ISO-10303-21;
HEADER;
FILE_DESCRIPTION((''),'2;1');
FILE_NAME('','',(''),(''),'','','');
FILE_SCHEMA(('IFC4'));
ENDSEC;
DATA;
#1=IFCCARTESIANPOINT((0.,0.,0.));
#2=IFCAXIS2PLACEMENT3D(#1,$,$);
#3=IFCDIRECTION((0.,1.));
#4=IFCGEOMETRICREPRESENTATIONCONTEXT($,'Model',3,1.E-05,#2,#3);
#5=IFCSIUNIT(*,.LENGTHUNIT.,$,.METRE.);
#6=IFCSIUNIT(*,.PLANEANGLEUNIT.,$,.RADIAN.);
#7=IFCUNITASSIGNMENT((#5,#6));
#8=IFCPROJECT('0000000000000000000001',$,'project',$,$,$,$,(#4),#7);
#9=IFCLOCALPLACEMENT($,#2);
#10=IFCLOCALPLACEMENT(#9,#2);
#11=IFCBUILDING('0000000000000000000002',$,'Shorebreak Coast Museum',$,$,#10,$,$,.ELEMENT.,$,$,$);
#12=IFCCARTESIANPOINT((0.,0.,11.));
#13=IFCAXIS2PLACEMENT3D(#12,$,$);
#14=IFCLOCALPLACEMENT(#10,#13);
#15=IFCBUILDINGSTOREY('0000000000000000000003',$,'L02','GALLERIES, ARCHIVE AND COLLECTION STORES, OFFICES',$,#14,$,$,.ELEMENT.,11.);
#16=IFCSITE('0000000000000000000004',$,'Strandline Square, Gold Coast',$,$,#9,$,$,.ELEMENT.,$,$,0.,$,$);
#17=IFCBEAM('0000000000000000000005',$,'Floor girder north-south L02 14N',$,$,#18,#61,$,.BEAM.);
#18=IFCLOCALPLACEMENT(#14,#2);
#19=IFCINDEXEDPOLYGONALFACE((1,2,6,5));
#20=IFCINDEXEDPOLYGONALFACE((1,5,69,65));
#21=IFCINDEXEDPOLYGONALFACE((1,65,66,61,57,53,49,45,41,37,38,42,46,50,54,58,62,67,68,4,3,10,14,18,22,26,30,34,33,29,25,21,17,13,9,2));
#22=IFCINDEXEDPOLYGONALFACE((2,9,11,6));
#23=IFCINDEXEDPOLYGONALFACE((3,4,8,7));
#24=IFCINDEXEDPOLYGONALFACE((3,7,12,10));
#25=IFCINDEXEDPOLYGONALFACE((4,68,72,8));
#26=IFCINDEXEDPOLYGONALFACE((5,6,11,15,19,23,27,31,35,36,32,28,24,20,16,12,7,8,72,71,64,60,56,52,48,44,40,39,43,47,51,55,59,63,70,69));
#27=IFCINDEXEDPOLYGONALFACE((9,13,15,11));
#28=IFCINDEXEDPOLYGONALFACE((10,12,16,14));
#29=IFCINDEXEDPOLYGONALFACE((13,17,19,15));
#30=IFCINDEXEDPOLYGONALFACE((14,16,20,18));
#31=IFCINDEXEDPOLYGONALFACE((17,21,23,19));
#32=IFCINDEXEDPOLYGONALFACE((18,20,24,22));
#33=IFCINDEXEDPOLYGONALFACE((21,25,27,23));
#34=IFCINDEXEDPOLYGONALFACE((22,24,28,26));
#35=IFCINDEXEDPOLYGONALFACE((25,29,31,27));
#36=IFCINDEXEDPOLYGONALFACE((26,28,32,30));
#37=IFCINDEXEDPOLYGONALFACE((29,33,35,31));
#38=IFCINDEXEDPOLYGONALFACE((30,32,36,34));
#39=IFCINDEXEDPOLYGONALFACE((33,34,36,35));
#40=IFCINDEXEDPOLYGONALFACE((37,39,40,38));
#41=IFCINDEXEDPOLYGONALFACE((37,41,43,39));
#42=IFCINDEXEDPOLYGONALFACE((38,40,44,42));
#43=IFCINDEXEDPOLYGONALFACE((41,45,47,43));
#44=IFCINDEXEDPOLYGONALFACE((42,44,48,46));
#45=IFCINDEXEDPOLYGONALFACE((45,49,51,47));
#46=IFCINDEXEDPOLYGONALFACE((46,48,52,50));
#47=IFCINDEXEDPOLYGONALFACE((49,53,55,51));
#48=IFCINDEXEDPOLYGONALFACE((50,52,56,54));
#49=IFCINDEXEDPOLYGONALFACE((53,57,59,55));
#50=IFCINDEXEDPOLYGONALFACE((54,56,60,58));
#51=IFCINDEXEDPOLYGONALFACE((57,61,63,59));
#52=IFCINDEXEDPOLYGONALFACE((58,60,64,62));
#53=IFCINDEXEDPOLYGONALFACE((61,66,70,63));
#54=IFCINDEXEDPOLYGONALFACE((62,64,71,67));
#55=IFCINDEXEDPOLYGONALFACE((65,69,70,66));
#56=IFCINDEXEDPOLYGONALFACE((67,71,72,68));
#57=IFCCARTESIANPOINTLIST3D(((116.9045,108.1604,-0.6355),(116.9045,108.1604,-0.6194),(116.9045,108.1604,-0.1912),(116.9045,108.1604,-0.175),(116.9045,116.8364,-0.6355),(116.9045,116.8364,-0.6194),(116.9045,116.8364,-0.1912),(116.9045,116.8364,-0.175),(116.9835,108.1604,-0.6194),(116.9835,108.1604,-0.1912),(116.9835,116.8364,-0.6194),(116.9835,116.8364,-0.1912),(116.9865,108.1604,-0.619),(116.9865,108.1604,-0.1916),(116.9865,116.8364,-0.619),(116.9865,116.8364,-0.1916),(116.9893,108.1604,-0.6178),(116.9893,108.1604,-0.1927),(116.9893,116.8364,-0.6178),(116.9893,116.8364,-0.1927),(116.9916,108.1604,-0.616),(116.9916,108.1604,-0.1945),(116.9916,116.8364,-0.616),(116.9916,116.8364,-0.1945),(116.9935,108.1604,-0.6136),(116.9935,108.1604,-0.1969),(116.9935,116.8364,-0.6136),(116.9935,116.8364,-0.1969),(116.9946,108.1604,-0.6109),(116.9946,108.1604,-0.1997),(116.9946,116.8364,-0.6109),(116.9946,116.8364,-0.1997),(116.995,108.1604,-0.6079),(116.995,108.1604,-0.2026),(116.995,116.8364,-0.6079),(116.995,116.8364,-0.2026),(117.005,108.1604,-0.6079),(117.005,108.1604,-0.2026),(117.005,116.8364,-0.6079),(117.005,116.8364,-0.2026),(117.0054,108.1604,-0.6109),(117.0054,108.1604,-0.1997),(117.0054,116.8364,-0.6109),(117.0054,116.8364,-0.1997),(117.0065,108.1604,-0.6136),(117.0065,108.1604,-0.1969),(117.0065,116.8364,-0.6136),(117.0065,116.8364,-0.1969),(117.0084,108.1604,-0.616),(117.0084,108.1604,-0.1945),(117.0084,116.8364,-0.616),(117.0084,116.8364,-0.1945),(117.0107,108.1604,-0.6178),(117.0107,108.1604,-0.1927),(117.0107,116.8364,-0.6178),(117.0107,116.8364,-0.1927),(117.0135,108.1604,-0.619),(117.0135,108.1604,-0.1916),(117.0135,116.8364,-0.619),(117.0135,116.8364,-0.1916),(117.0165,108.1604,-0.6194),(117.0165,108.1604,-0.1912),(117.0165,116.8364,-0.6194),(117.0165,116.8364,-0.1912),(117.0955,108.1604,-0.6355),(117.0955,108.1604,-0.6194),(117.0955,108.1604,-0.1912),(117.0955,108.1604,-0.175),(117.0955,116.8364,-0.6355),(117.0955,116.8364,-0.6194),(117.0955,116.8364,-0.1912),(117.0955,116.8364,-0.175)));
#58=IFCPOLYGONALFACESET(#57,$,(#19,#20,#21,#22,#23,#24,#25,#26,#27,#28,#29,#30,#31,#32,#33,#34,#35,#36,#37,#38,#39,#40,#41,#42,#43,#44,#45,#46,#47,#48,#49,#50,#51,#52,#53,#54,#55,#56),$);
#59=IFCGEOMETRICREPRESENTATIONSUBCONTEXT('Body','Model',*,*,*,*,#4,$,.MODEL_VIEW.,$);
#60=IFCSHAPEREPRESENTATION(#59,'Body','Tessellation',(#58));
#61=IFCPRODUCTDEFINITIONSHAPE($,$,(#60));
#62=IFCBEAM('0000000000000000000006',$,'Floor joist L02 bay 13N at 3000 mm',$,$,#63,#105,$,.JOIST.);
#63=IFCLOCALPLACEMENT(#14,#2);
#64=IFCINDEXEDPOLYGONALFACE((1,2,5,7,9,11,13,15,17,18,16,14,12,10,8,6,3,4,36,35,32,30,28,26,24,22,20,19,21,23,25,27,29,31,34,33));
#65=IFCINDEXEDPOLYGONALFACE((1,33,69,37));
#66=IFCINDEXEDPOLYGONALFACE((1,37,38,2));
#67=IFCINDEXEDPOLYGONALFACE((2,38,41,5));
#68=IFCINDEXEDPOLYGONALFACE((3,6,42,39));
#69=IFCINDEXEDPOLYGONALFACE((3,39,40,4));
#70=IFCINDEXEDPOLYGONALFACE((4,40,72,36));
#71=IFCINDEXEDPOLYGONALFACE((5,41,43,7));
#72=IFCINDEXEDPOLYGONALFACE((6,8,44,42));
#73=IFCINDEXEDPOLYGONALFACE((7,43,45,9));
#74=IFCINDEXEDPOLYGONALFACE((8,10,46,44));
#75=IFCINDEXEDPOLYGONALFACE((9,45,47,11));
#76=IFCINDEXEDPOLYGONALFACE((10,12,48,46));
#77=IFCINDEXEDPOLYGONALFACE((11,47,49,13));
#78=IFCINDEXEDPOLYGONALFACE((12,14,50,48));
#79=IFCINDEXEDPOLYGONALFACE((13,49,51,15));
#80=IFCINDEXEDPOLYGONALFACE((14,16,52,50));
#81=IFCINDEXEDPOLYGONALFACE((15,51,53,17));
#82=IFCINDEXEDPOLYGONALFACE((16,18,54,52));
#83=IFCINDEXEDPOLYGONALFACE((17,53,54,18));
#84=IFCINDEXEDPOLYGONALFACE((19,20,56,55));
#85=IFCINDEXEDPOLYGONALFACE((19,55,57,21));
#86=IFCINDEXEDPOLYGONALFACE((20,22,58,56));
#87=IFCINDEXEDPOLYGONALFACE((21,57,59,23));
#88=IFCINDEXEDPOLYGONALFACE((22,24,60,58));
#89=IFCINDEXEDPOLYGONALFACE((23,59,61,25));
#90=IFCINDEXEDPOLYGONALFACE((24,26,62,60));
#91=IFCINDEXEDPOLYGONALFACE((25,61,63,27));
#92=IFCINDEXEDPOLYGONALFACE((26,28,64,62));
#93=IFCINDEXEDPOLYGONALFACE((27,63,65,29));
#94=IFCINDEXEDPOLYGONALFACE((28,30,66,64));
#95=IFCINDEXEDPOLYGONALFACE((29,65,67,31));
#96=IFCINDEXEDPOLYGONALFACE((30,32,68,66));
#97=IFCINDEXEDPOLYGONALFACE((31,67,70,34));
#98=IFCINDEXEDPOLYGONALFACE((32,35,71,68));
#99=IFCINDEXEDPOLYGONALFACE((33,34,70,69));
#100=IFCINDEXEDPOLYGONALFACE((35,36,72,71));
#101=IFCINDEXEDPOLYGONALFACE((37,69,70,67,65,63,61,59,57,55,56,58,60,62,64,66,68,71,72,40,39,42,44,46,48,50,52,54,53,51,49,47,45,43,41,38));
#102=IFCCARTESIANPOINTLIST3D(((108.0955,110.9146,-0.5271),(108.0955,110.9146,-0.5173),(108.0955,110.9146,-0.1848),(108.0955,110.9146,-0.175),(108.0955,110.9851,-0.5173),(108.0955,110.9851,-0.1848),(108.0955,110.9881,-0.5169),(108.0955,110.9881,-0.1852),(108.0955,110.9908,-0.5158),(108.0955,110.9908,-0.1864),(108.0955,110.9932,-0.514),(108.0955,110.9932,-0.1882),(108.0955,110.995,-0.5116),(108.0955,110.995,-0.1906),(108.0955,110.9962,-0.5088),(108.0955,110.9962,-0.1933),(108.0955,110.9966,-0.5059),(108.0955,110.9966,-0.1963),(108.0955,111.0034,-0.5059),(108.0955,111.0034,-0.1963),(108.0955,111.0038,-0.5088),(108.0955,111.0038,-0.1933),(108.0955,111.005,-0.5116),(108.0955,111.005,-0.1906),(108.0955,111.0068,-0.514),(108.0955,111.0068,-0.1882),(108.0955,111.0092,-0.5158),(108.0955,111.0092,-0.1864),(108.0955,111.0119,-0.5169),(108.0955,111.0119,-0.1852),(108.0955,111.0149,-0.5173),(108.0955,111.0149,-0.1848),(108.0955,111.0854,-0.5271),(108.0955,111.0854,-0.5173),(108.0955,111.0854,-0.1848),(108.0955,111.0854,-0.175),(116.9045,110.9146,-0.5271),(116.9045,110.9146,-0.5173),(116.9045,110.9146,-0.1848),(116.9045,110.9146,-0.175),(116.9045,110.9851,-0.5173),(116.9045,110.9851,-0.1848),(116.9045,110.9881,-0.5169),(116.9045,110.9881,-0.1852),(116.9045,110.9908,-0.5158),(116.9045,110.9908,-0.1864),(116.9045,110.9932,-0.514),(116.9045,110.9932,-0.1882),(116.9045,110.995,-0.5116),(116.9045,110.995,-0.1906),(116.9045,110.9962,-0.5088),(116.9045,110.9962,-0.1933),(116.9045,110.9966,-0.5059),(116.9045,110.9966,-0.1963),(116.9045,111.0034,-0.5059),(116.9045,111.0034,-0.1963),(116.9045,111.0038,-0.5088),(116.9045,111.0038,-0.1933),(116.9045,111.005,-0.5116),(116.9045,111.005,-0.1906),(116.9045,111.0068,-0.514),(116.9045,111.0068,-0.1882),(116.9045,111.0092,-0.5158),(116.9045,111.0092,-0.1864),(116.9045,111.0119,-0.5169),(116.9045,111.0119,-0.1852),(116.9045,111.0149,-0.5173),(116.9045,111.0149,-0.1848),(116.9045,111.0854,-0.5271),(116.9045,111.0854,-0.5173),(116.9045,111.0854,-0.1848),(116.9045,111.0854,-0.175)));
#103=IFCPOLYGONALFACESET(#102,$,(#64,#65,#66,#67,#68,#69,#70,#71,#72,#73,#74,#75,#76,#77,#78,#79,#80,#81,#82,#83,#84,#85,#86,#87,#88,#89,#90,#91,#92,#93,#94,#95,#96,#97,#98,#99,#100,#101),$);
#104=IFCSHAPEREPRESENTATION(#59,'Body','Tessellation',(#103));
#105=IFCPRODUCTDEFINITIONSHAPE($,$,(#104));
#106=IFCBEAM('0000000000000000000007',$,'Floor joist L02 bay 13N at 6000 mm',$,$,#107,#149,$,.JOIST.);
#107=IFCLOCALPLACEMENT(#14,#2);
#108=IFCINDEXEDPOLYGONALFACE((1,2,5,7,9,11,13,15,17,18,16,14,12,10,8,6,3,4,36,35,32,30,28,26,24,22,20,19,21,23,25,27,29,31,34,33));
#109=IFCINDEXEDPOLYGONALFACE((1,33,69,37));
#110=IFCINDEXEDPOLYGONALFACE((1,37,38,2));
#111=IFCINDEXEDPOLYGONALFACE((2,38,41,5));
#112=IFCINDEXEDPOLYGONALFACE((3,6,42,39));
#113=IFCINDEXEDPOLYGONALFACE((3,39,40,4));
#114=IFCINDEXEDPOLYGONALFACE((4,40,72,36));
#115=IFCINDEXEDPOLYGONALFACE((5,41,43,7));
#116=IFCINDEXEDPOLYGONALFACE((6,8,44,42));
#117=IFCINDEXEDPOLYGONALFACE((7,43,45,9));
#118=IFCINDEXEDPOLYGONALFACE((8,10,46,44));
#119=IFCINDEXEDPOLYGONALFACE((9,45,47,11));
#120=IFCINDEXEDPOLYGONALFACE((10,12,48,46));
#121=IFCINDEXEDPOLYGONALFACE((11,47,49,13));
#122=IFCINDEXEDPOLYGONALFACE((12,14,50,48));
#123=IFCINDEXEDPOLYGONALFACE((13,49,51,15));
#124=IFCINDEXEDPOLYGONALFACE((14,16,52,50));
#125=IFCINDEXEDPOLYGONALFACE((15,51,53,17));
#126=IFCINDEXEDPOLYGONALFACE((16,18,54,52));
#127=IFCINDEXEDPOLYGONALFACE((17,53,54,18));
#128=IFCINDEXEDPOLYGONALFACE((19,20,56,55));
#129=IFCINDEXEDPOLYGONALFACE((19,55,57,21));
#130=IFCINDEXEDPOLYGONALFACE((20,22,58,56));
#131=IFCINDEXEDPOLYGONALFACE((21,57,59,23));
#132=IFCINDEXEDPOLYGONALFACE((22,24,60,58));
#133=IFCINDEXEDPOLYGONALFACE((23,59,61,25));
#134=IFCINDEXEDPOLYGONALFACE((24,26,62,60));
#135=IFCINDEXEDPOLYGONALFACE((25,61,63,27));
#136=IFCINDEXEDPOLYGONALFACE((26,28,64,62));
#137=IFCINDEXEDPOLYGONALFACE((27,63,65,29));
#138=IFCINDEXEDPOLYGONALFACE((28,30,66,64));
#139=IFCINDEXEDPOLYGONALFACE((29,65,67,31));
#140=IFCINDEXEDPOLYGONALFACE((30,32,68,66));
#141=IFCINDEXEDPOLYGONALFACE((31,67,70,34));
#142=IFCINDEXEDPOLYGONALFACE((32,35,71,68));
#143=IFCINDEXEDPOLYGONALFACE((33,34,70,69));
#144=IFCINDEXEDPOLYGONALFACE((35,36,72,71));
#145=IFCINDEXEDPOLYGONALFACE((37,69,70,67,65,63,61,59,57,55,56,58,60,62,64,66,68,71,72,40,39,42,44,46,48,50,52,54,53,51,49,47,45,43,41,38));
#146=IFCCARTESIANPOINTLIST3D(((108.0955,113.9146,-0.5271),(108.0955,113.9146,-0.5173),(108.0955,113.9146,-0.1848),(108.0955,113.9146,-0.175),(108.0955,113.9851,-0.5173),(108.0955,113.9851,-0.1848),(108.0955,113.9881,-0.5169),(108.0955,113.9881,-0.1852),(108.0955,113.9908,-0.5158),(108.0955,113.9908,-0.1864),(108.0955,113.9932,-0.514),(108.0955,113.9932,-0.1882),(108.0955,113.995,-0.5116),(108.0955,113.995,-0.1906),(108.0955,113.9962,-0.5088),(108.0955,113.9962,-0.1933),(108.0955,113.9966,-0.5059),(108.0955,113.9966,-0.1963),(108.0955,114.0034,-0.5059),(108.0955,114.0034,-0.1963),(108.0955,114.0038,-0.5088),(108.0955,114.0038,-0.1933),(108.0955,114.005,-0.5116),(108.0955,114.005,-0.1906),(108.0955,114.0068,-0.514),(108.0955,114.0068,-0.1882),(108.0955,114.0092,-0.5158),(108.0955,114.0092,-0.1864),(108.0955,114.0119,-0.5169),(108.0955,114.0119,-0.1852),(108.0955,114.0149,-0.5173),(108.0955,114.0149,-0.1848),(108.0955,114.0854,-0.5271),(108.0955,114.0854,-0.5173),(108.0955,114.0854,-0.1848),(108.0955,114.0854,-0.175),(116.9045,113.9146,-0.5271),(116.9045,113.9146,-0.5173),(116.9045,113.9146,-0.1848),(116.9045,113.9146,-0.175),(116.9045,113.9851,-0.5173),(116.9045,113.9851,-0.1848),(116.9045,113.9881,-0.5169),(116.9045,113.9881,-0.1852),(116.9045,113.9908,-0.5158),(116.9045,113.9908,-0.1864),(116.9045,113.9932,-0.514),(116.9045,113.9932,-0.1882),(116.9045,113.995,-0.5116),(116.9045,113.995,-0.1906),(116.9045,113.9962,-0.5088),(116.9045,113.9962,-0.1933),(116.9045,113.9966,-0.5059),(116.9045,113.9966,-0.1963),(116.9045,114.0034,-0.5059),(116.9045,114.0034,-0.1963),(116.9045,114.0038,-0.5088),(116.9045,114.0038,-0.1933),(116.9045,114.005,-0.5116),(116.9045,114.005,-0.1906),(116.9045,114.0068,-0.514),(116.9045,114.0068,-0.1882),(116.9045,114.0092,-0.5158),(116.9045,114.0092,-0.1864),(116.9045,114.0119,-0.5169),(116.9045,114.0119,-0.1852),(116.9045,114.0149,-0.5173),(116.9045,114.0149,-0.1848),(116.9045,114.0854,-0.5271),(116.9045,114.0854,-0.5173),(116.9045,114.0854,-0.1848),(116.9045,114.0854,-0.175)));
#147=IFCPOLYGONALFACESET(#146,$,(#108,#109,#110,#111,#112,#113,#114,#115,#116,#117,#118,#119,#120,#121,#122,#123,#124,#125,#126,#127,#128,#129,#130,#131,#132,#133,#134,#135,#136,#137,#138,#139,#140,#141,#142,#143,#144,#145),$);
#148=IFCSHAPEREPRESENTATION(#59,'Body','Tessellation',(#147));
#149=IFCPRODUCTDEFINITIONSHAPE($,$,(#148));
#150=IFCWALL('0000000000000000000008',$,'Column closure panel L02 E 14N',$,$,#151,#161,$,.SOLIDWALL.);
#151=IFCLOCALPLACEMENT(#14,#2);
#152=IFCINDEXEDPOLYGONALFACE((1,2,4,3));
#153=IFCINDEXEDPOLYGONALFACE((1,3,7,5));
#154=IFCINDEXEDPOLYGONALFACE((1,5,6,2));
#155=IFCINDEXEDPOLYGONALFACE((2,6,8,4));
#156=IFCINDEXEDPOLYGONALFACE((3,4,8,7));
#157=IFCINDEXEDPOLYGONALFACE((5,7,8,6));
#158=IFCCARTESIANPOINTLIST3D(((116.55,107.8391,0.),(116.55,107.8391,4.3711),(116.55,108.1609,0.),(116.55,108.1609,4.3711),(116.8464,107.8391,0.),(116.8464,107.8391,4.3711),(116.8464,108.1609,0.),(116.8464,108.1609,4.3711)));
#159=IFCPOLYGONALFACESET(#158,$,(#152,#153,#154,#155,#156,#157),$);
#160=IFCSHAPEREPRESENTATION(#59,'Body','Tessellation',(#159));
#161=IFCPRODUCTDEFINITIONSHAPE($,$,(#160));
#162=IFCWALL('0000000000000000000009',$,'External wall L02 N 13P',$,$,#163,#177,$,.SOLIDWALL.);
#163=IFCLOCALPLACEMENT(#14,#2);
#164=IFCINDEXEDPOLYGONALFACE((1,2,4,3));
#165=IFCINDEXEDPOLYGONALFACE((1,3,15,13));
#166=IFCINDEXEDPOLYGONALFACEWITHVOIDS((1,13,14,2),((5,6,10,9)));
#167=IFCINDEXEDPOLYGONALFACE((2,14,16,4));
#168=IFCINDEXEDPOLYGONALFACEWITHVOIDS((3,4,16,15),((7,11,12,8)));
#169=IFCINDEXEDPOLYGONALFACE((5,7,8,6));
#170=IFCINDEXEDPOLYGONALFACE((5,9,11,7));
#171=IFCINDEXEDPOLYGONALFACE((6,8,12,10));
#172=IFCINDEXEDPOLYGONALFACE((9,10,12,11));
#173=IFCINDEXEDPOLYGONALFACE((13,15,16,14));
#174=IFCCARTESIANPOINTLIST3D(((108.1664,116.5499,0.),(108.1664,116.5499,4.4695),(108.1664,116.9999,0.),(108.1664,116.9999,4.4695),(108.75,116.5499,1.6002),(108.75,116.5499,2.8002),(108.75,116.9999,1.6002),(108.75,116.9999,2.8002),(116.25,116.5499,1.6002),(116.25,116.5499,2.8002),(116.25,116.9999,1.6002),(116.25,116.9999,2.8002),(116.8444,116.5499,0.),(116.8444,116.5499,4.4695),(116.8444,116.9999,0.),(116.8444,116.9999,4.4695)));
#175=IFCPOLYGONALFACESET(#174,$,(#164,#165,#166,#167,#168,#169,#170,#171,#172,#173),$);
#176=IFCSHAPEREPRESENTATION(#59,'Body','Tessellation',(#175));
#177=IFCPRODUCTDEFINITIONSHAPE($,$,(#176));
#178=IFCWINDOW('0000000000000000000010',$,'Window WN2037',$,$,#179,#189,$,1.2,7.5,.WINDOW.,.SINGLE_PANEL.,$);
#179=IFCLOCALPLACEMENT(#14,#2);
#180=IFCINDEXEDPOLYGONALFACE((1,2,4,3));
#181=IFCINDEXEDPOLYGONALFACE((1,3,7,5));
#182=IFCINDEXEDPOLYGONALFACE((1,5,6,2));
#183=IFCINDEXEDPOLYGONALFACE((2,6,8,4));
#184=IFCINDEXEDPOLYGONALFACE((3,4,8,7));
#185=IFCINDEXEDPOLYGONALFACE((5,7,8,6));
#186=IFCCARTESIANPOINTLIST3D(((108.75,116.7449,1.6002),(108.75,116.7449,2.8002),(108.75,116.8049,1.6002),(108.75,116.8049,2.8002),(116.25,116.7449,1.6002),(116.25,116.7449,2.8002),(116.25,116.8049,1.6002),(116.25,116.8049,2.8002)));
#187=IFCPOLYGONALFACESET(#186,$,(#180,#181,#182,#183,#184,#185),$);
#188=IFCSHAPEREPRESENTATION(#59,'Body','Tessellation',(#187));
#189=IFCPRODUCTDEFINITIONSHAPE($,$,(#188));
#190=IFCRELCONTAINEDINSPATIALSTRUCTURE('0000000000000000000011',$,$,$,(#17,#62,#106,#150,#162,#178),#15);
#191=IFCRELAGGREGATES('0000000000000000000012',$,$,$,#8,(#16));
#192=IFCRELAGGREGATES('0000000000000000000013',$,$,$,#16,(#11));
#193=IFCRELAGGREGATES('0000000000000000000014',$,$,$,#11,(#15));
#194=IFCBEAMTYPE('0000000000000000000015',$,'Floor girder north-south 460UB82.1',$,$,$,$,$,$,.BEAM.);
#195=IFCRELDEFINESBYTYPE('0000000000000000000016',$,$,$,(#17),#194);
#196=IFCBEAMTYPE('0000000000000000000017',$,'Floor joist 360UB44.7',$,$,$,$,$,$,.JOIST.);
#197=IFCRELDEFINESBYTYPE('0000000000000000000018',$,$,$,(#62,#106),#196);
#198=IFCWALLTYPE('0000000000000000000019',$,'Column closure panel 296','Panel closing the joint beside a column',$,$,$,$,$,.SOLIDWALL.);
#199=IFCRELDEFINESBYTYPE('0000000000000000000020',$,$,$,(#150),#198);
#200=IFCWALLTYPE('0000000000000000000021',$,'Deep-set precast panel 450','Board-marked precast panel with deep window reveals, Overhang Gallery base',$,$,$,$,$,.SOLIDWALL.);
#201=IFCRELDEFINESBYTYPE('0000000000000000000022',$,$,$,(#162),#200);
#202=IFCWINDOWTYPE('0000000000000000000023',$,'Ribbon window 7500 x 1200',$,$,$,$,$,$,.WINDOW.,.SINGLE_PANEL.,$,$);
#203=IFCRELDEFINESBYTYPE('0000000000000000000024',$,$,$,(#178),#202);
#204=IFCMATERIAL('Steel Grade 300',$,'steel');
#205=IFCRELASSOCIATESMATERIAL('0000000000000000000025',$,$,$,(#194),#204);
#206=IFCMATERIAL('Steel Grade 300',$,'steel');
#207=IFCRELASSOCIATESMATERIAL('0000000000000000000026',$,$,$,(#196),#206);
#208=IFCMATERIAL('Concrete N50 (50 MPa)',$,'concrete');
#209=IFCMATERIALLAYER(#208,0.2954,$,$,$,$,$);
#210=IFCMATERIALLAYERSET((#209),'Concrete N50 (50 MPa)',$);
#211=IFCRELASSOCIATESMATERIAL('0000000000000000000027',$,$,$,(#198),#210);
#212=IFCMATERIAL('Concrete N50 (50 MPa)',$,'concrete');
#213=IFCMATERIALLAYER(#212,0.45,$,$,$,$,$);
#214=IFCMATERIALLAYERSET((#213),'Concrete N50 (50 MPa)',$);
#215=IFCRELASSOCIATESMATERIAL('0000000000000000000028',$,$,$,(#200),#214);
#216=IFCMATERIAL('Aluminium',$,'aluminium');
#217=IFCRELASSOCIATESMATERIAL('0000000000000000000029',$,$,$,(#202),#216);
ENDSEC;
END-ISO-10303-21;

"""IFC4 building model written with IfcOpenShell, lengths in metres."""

from ifc_helpers import new_model, si_unit, direction, frame, frame_2d, origin, origin_2d, place, context, subcontext, project, spatial, rectangle, i_section, extrude, material, layer, layer_set, material_profile, profile_set, type_object, element, fill, save


model = new_model("IFC4")

# Units and contexts
model_context = context("Model", 3, precision=1e-05, world=origin(), true_north=direction((0.0, 1.0)))
body_context = subcontext(model_context, "Body", "Model", "MODEL_VIEW")
ifc_project = project(units=[si_unit("LENGTHUNIT", "METRE"), si_unit("PLANEANGLEUNIT", "RADIAN")], contexts=[model_context])

# Site, building, storey
site_placement = place(None, origin())
site = spatial("IfcSite", under=ifc_project, at=site_placement, Name="Strandline Square, Gold Coast", CompositionType="ELEMENT", RefElevation=0.0)
building_placement = place(site_placement, origin())
building = spatial("IfcBuilding", under=site, at=building_placement, Name="Shorebreak Coast Museum", CompositionType="ELEMENT")
storey_placement = place(building_placement, frame((0.0, 0.0, 11.0)))
storey = spatial("IfcBuildingStorey", under=building, at=storey_placement, Name="L02", Description="GALLERIES, ARCHIVE AND COLLECTION STORES, OFFICES", CompositionType="ELEMENT", Elevation=11.0)

# Beams
ifc_material_1 = material(Name="Steel Grade 300", Category="steel")
ifc_material_profile_1 = material_profile(ifc_material_1, i_section(OverallWidth=0.1909, OverallDepth=0.4604, WebThickness=0.01, FlangeThickness=0.0161, FilletRadius=0.0115, at=origin_2d()), Name="460UB82.1")
ifc_profile_set_1 = profile_set([ifc_material_profile_1], Name="Steel Grade 300")
beam_type_1 = type_object("IfcBeamType", Name="Floor girder north-south 460UB82.1", PredefinedType="BEAM", material=ifc_profile_set_1)
beam_1_placement = place(storey_placement, frame((117.0, 108.1604, -0.4053), z_axis=(0.0, 1.0, 0.0), x_axis=(-1.0, 0.0, 0.0)))
element("IfcBeam", 1, at=beam_1_placement, inside=storey, type_object=beam_type_1, Name="Floor girder north-south L02 14N", PredefinedType="BEAM", context=body_context, shape_type="SweptSolid", body=[
    extrude(i_section(OverallWidth=0.1909, OverallDepth=0.4604, WebThickness=0.01, FlangeThickness=0.0161, FilletRadius=0.0115, at=origin_2d()), origin(), (0.0, 0.0, 1.0), 8.676),
])
ifc_material_2 = material(Name="Steel Grade 300", Category="steel")
ifc_material_profile_2 = material_profile(ifc_material_2, i_section(OverallWidth=0.1709, OverallDepth=0.3521, WebThickness=0.0068, FlangeThickness=0.0098, FilletRadius=0.0115, at=origin_2d()), Name="360UB44.7")
ifc_profile_set_2 = profile_set([ifc_material_profile_2], Name="Steel Grade 300")
beam_type_2 = type_object("IfcBeamType", Name="Floor joist 360UB44.7", PredefinedType="JOIST", material=ifc_profile_set_2)
for number, where, z_axis, x_axis, name in (
    (2, (108.0955, 111.0, -0.3511), (1.0, 0.0, 0.0), (0.0, 1.0, 0.0), "Floor joist L02 bay 13N at 3000 mm"),
    (3, (108.0955, 114.0, -0.3511), (1.0, 0.0, 0.0), (0.0, 1.0, 0.0), "Floor joist L02 bay 13N at 6000 mm"),
):
    element("IfcBeam", number, at=place(storey_placement, frame(where, z_axis=z_axis, x_axis=x_axis)), inside=storey, type_object=beam_type_2, Name=name, PredefinedType="JOIST", context=body_context, shape_type="SweptSolid", body=[
        extrude(i_section(OverallWidth=0.1709, OverallDepth=0.3521, WebThickness=0.0068, FlangeThickness=0.0098, FilletRadius=0.0115, at=origin_2d()), origin(), (0.0, 0.0, 1.0), 8.8091),
    ])

# Wall
ifc_material_3 = material(Name="Concrete N50 (50 MPa)", Category="concrete")
ifc_layer_1 = layer(ifc_material_3, 0.2954)
ifc_layer_set_1 = layer_set([ifc_layer_1], Name="Concrete N50 (50 MPa)")
wall_type_1 = type_object("IfcWallType", Name="Column closure panel 296", Description="Panel closing the joint beside a column", PredefinedType="SOLIDWALL", material=ifc_layer_set_1)
wall_1_placement = place(storey_placement, frame((116.6982, 107.8391, 0.0), z_axis=(0.0, 0.0, 1.0), x_axis=(0.0, 1.0, 0.0)))
element("IfcWall", 4, at=wall_1_placement, inside=storey, type_object=wall_type_1, Name="Column closure panel L02 E 14N", PredefinedType="SOLIDWALL", context=body_context, shape_type="SweptSolid", body=[
    extrude(rectangle(XDim=0.3218, YDim=0.2964, at=frame_2d((0.1609, 0.0))), origin(), (0.0, 0.0, 1.0), 4.3711),
])

# Wall, opening, window
ifc_material_4 = material(Name="Concrete N50 (50 MPa)", Category="concrete")
ifc_layer_2 = layer(ifc_material_4, 0.45)
ifc_layer_set_2 = layer_set([ifc_layer_2], Name="Concrete N50 (50 MPa)")
wall_type_2 = type_object("IfcWallType", Name="Deep-set precast panel 450", Description="Board-marked precast panel with deep window reveals, Overhang Gallery base", PredefinedType="SOLIDWALL", material=ifc_layer_set_2)
wall_2_placement = place(storey_placement, frame((108.1665, 116.7749, 0.0), z_axis=(0.0, 0.0, 1.0), x_axis=(1.0, 0.0, 0.0)))
wall_2 = element("IfcWall", 5, at=wall_2_placement, inside=storey, type_object=wall_type_2, Name="External wall L02 N 13P", PredefinedType="SOLIDWALL", context=body_context, shape_type="SweptSolid", body=[
    extrude(rectangle(XDim=8.678, YDim=0.45, at=frame_2d((4.3389, 0.0))), origin(), (0.0, 0.0, 1.0), 4.4695),
])
opening_1_placement = place(wall_2_placement, frame((0.5835, 0.0, 1.6001)))
opening_1 = element("IfcOpeningElement", 6, at=opening_1_placement, cuts=wall_2, PredefinedType="OPENING", context=body_context, shape_type="SweptSolid", body=[
    extrude(rectangle(XDim=7.5, YDim=1.2, at=frame_2d((3.75, 0.6001))), frame((0.0, 0.2349, 0.0), z_axis=(0.0, -1.0, 0.0), x_axis=(1.0, 0.0, 0.0)), (0.0, 0.0, 1.0), 0.47),
])
ifc_material_5 = material(Name="Aluminium", Category="aluminium")
window_type = type_object("IfcWindowType", Name="Ribbon window 7500 x 1200", PartitioningType="SINGLE_PANEL", PredefinedType="WINDOW", material=ifc_material_5)
window_1_placement = place(opening_1_placement, origin())
window_1 = element("IfcWindow", 7, at=window_1_placement, inside=storey, type_object=window_type, Name="Window WN2037", OverallHeight=1.2, OverallWidth=7.5, PartitioningType="SINGLE_PANEL", PredefinedType="WINDOW", context=body_context, shape_type="SweptSolid", body=[
    extrude(rectangle(XDim=7.5, YDim=1.2, at=frame_2d((3.75, 0.6001))), frame((0.0, 0.03, 0.0), z_axis=(0.0, -1.0, 0.0), x_axis=(1.0, 0.0, 0.0)), (0.0, 0.0, 1.0), 0.0601),
])
fill(opening_1, window_1)

save(model, "model.ifc")
